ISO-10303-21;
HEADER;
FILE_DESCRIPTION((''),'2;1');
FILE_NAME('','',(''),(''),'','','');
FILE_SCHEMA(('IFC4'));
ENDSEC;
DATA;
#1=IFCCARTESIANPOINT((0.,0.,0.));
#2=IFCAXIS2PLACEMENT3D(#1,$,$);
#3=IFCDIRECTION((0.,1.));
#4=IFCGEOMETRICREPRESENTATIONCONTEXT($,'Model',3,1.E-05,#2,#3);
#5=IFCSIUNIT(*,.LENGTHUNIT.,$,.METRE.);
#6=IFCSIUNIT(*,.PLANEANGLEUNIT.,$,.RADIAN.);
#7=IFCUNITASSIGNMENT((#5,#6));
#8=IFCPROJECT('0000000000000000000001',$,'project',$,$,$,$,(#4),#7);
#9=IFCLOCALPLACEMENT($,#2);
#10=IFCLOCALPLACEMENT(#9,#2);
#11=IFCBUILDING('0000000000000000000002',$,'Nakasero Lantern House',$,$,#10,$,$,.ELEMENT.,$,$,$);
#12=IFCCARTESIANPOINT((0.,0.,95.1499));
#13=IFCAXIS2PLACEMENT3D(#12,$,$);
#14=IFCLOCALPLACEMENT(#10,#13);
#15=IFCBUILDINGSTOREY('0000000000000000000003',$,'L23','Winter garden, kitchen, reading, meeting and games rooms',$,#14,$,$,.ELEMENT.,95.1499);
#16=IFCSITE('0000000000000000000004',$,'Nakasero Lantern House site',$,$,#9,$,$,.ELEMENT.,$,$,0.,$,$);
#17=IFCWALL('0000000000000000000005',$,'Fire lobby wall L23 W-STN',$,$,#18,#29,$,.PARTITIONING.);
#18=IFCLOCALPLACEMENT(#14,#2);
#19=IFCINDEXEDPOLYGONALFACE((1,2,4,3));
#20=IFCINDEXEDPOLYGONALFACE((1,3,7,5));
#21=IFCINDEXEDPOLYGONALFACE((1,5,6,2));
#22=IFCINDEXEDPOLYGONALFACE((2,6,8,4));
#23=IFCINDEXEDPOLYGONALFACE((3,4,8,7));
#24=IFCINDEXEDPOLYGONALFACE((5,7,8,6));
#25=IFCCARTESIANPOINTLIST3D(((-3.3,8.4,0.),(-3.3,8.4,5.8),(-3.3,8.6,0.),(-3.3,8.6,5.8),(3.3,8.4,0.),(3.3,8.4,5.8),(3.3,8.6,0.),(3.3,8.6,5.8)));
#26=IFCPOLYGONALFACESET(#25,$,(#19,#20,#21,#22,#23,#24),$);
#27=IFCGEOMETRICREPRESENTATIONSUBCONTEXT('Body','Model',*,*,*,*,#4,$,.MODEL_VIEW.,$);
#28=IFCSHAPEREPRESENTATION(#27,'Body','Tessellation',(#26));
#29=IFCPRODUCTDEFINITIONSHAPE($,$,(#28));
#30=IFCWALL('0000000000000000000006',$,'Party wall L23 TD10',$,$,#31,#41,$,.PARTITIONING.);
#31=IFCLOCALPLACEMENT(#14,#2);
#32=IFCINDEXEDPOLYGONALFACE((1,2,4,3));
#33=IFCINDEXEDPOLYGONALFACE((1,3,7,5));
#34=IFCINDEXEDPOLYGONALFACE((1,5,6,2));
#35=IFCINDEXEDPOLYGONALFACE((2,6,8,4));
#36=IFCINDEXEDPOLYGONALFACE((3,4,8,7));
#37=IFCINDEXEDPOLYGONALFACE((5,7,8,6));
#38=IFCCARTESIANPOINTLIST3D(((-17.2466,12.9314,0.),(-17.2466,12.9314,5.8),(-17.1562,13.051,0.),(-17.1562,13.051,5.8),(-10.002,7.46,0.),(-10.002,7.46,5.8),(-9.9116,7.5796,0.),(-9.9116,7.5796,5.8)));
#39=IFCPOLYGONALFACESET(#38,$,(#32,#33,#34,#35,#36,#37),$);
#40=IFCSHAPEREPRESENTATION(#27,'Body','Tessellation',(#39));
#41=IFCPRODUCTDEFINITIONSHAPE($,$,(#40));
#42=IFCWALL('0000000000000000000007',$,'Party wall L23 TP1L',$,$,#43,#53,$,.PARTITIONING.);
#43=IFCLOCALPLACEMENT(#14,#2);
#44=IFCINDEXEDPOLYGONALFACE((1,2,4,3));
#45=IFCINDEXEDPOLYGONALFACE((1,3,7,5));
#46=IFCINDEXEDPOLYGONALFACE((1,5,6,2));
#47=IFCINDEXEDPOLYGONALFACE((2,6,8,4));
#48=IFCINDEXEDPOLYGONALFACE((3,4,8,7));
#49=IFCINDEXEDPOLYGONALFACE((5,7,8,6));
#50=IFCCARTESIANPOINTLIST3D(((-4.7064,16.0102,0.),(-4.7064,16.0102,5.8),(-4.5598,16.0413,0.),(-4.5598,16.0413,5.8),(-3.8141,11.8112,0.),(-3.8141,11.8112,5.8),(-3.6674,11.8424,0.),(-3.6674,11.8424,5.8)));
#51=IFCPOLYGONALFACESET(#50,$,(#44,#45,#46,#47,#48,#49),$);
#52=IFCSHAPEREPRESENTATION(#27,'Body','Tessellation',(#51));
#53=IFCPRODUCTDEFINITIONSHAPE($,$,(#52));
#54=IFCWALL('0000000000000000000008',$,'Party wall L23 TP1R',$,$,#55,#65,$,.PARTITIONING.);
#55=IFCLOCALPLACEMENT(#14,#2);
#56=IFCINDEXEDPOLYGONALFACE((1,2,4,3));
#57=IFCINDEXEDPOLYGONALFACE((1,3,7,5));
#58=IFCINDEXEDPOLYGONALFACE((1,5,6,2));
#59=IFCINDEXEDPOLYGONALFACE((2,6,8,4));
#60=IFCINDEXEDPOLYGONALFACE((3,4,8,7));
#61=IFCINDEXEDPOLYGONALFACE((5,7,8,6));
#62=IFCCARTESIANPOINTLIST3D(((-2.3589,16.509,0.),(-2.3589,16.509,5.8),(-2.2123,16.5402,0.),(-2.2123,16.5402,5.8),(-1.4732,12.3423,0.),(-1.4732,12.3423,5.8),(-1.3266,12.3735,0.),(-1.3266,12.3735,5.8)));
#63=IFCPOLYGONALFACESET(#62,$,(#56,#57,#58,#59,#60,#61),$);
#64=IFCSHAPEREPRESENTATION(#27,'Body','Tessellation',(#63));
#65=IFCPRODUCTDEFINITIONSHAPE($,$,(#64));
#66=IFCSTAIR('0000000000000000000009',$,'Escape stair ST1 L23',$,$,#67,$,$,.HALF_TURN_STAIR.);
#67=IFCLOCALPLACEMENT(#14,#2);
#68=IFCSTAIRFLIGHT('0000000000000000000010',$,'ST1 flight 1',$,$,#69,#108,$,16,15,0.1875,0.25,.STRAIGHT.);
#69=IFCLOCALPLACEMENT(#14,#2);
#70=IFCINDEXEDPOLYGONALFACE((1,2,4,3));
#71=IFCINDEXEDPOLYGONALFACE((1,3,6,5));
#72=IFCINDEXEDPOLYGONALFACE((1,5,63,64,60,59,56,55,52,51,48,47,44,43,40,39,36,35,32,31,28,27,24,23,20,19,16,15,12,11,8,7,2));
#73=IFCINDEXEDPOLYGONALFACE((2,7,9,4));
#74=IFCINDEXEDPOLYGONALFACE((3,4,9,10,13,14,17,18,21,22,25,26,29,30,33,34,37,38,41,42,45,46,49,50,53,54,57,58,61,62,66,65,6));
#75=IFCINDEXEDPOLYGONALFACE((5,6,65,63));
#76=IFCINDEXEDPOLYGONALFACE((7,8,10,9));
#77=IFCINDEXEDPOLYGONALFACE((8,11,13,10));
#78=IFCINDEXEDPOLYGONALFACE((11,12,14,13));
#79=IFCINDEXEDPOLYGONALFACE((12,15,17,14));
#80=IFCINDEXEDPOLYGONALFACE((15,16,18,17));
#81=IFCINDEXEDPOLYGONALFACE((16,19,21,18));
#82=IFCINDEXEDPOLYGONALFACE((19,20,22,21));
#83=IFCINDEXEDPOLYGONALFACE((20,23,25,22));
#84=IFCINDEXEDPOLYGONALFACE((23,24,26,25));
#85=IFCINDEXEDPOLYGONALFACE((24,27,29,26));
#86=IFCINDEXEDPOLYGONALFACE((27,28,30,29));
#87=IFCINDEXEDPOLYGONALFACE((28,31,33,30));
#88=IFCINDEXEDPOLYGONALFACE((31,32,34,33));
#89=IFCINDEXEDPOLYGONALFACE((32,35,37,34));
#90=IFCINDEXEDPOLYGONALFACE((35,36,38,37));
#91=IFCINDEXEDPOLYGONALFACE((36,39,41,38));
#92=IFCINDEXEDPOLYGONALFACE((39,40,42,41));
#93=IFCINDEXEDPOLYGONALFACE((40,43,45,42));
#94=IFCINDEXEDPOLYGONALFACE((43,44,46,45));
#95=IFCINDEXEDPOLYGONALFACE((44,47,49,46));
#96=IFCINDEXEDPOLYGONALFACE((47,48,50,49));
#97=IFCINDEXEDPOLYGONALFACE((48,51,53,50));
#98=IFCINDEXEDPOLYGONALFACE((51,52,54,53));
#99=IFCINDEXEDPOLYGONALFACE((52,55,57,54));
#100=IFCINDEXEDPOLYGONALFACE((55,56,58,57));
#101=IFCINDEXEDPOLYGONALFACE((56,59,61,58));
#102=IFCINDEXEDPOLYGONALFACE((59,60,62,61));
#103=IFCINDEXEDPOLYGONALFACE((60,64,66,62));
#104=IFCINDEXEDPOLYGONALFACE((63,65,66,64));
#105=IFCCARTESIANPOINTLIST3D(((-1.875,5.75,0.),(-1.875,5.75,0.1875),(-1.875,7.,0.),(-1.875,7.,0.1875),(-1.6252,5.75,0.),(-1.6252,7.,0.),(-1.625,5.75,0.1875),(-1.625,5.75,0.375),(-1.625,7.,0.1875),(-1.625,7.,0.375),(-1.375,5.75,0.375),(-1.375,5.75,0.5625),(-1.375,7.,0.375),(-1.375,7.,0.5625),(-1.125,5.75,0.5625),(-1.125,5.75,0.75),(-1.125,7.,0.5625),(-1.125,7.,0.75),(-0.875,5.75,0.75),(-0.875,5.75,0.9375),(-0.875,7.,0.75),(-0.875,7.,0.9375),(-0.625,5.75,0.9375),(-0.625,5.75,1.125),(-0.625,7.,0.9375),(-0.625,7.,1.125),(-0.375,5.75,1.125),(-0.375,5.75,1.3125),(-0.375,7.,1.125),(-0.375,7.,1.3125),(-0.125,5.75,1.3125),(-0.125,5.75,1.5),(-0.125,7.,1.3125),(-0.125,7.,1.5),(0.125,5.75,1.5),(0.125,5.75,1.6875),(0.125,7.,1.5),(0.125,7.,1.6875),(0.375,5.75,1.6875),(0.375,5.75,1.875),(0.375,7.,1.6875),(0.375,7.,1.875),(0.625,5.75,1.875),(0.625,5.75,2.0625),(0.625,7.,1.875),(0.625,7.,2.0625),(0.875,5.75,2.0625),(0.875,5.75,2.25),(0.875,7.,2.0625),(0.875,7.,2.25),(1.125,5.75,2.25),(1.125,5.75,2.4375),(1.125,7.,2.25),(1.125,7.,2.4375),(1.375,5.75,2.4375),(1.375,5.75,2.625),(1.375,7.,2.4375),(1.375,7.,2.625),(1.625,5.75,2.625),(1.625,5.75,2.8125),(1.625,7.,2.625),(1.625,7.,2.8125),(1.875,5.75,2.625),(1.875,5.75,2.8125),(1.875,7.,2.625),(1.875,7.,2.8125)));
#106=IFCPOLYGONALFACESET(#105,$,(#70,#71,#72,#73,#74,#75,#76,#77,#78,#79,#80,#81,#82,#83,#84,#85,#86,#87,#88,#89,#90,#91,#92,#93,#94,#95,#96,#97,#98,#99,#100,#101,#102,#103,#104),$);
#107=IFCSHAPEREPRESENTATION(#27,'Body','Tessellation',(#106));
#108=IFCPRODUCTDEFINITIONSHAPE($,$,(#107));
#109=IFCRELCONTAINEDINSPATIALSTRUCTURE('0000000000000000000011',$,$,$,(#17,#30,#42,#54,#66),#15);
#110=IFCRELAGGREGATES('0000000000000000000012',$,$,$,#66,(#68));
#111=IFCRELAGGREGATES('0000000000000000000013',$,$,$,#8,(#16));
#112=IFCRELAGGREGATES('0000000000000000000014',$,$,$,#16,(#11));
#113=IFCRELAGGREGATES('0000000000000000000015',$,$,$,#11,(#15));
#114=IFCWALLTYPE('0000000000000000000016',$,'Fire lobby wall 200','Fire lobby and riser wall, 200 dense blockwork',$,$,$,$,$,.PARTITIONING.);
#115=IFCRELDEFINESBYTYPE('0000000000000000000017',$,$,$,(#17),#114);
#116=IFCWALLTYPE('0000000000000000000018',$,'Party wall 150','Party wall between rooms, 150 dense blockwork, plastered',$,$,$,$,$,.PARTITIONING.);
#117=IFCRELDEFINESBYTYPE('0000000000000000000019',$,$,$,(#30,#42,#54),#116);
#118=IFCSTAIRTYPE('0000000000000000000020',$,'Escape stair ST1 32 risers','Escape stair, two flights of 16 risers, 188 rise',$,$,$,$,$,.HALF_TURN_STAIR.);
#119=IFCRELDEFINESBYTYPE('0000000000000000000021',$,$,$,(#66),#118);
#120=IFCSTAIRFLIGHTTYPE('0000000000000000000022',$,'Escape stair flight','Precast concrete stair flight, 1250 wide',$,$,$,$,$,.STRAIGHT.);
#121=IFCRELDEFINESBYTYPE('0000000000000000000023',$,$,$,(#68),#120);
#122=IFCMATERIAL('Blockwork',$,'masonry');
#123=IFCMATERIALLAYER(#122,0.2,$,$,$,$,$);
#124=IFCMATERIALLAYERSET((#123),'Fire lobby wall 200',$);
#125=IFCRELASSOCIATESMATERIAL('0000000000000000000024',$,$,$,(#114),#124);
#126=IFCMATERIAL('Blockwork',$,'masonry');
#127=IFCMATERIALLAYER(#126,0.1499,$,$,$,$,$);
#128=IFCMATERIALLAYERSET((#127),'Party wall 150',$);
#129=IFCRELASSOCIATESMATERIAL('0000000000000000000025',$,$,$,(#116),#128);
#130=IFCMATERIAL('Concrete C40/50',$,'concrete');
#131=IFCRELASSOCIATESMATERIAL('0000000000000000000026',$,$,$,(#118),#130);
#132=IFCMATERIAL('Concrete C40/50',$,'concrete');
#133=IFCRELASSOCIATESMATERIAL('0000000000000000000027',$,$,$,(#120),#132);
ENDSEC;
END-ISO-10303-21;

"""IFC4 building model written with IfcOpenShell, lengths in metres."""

from ifc_helpers import new_model, si_unit, direction, frame, frame_2d, origin, place, context, subcontext, project, spatial, polyline, rectangle, outline, extrude, material, layer, layer_set, type_object, element, aggregate, save


model = new_model("IFC4")

# Units and contexts
model_context = context("Model", 3, precision=1e-05, world=origin(), true_north=direction((0.0, 1.0)))
body_context = subcontext(model_context, "Body", "Model", "MODEL_VIEW")
ifc_project = project(units=[si_unit("LENGTHUNIT", "METRE"), si_unit("PLANEANGLEUNIT", "RADIAN")], contexts=[model_context])

# Site, building, storey
site_placement = place(None, origin())
site = spatial("IfcSite", under=ifc_project, at=site_placement, Name="Nakasero Lantern House site", CompositionType="ELEMENT", RefElevation=0.0)
building_placement = place(site_placement, origin())
building = spatial("IfcBuilding", under=site, at=building_placement, Name="Nakasero Lantern House", CompositionType="ELEMENT")
storey_placement = place(building_placement, frame((0.0, 0.0, 95.1499)))
storey = spatial("IfcBuildingStorey", under=building, at=storey_placement, Name="L23", Description="Winter garden, kitchen, reading, meeting and games rooms", CompositionType="ELEMENT", Elevation=95.1499)

# Shared definitions
ifc_material_1 = material(Name="Blockwork", Category="masonry")
ifc_layer_1 = layer(ifc_material_1, 0.2)
ifc_layer_set_1 = layer_set([ifc_layer_1], Name="Fire lobby wall 200")
wall_type_1 = type_object("IfcWallType", Name="Fire lobby wall 200", Description="Fire lobby and riser wall, 200 dense blockwork", PredefinedType="PARTITIONING", material=ifc_layer_set_1)

# Walls
wall_1_placement = place(storey_placement, frame((-3.3, 8.5, 0.0), z_axis=(0.0, 0.0, 1.0), x_axis=(1.0, 0.0, 0.0)))
element("IfcWall", 1, at=wall_1_placement, inside=storey, type_object=wall_type_1, Name="Fire lobby wall L23 W-STN", PredefinedType="PARTITIONING", context=body_context, shape_type="SweptSolid", body=[
    extrude(rectangle(XDim=6.6001, YDim=0.2, at=frame_2d((3.3, 0.0))), origin(), (0.0, 0.0, 1.0), 5.8),
])
ifc_material_2 = material(Name="Blockwork", Category="masonry")
ifc_layer_2 = layer(ifc_material_2, 0.1499)
ifc_layer_set_2 = layer_set([ifc_layer_2], Name="Party wall 150")
wall_type_2 = type_object("IfcWallType", Name="Party wall 150", Description="Party wall between rooms, 150 dense blockwork, plastered", PredefinedType="PARTITIONING", material=ifc_layer_set_2)
wall_2_placement = place(storey_placement, frame((-9.9568, 7.5198, 0.0), z_axis=(0.0, 0.0, 1.0), x_axis=(-0.797988, 0.602673, 0.0)))
element("IfcWall", 2, at=wall_2_placement, inside=storey, type_object=wall_type_2, Name="Party wall L23 TD10", PredefinedType="PARTITIONING", context=body_context, shape_type="SweptSolid", body=[
    extrude(rectangle(XDim=9.0786, YDim=0.1499, at=frame_2d((4.5393, 0.0))), origin(), (0.0, 0.0, 1.0), 5.8),
])
wall_3_placement = place(storey_placement, frame((-3.7407, 11.8267, 0.0), z_axis=(0.0, 0.0, 1.0), x_axis=(-0.20787, 0.978156, 0.0)))
element("IfcWall", 3, at=wall_3_placement, inside=storey, type_object=wall_type_2, Name="Party wall L23 TP1L", PredefinedType="PARTITIONING", context=body_context, shape_type="SweptSolid", body=[
    extrude(rectangle(XDim=4.2927, YDim=0.1499, at=frame_2d((2.1465, 0.0))), origin(), (0.0, 0.0, 1.0), 5.8),
])
wall_4_placement = place(storey_placement, frame((-1.3999, 12.3579, 0.0), z_axis=(0.0, 0.0, 1.0), x_axis=(-0.207928, 0.978144, 0.0)))
element("IfcWall", 4, at=wall_4_placement, inside=storey, type_object=wall_type_2, Name="Party wall L23 TP1R", PredefinedType="PARTITIONING", context=body_context, shape_type="SweptSolid", body=[
    extrude(rectangle(XDim=4.2598, YDim=0.1499, at=frame_2d((2.1299, 0.0))), origin(), (0.0, 0.0, 1.0), 5.8),
])

# Stair, stair flight
ifc_material_3 = material(Name="Concrete C40/50", Category="concrete")
stair_type = type_object("IfcStairType", Name="Escape stair ST1 32 risers", Description="Escape stair, two flights of 16 risers, 188 rise", PredefinedType="HALF_TURN_STAIR", material=ifc_material_3)
stair_placement = place(storey_placement, origin())
stair = element("IfcStair", 5, at=stair_placement, inside=storey, type_object=stair_type, Name="Escape stair ST1 L23", PredefinedType="HALF_TURN_STAIR")
ifc_material_4 = material(Name="Concrete C40/50", Category="concrete")
stair_flight_type = type_object("IfcStairFlightType", Name="Escape stair flight", Description="Precast concrete stair flight, 1250 wide", PredefinedType="STRAIGHT", material=ifc_material_4)
stair_flight_placement = place(storey_placement, frame((-1.875, 6.375, 0.0), z_axis=(0.0, 0.0, 1.0), x_axis=(1.0, 0.0, 0.0)))
stair_flight = element("IfcStairFlight", 6, at=stair_flight_placement, type_object=stair_flight_type, Name="ST1 flight 1", NumberOfRisers=16, NumberOfTreads=15, PredefinedType="STRAIGHT", RiserHeight=0.1875, TreadLength=0.25, context=body_context, shape_type="SweptSolid", body=[
    extrude(outline(polyline([(0.0, 0.0), (0.0, 0.1875), (0.25, 0.1875), (0.25, 0.375), (0.5, 0.375), (0.5, 0.5625), (0.75, 0.5625), (0.75, 0.75), (1.0, 0.75), (1.0, 0.9375), (1.25, 0.9375), (1.25, 1.125), (1.5, 1.125), (1.5, 1.3125), (1.75, 1.3125), (1.75, 1.5), (2.0, 1.5), (2.0, 1.6875), (2.25, 1.6875), (2.25, 1.875), (2.5, 1.875), (2.5, 2.0625), (2.75, 2.0625), (2.75, 2.25), (3.0, 2.25), (3.0, 2.4375), (3.25, 2.4375), (3.25, 2.625), (3.5, 2.625), (3.5, 2.8125), (3.75, 2.8125), (3.75, 3.0), (3.75, 2.625), (0.2498, 0.0), (0.0, 0.0)])), frame((0.0, 0.625, 0.0), z_axis=(0.0, -1.0, 0.0), x_axis=(1.0, 0.0, 0.0)), (0.0, 0.0, 1.0), 1.25),
])
aggregate(stair, [stair_flight])

save(model, "model.ifc")
